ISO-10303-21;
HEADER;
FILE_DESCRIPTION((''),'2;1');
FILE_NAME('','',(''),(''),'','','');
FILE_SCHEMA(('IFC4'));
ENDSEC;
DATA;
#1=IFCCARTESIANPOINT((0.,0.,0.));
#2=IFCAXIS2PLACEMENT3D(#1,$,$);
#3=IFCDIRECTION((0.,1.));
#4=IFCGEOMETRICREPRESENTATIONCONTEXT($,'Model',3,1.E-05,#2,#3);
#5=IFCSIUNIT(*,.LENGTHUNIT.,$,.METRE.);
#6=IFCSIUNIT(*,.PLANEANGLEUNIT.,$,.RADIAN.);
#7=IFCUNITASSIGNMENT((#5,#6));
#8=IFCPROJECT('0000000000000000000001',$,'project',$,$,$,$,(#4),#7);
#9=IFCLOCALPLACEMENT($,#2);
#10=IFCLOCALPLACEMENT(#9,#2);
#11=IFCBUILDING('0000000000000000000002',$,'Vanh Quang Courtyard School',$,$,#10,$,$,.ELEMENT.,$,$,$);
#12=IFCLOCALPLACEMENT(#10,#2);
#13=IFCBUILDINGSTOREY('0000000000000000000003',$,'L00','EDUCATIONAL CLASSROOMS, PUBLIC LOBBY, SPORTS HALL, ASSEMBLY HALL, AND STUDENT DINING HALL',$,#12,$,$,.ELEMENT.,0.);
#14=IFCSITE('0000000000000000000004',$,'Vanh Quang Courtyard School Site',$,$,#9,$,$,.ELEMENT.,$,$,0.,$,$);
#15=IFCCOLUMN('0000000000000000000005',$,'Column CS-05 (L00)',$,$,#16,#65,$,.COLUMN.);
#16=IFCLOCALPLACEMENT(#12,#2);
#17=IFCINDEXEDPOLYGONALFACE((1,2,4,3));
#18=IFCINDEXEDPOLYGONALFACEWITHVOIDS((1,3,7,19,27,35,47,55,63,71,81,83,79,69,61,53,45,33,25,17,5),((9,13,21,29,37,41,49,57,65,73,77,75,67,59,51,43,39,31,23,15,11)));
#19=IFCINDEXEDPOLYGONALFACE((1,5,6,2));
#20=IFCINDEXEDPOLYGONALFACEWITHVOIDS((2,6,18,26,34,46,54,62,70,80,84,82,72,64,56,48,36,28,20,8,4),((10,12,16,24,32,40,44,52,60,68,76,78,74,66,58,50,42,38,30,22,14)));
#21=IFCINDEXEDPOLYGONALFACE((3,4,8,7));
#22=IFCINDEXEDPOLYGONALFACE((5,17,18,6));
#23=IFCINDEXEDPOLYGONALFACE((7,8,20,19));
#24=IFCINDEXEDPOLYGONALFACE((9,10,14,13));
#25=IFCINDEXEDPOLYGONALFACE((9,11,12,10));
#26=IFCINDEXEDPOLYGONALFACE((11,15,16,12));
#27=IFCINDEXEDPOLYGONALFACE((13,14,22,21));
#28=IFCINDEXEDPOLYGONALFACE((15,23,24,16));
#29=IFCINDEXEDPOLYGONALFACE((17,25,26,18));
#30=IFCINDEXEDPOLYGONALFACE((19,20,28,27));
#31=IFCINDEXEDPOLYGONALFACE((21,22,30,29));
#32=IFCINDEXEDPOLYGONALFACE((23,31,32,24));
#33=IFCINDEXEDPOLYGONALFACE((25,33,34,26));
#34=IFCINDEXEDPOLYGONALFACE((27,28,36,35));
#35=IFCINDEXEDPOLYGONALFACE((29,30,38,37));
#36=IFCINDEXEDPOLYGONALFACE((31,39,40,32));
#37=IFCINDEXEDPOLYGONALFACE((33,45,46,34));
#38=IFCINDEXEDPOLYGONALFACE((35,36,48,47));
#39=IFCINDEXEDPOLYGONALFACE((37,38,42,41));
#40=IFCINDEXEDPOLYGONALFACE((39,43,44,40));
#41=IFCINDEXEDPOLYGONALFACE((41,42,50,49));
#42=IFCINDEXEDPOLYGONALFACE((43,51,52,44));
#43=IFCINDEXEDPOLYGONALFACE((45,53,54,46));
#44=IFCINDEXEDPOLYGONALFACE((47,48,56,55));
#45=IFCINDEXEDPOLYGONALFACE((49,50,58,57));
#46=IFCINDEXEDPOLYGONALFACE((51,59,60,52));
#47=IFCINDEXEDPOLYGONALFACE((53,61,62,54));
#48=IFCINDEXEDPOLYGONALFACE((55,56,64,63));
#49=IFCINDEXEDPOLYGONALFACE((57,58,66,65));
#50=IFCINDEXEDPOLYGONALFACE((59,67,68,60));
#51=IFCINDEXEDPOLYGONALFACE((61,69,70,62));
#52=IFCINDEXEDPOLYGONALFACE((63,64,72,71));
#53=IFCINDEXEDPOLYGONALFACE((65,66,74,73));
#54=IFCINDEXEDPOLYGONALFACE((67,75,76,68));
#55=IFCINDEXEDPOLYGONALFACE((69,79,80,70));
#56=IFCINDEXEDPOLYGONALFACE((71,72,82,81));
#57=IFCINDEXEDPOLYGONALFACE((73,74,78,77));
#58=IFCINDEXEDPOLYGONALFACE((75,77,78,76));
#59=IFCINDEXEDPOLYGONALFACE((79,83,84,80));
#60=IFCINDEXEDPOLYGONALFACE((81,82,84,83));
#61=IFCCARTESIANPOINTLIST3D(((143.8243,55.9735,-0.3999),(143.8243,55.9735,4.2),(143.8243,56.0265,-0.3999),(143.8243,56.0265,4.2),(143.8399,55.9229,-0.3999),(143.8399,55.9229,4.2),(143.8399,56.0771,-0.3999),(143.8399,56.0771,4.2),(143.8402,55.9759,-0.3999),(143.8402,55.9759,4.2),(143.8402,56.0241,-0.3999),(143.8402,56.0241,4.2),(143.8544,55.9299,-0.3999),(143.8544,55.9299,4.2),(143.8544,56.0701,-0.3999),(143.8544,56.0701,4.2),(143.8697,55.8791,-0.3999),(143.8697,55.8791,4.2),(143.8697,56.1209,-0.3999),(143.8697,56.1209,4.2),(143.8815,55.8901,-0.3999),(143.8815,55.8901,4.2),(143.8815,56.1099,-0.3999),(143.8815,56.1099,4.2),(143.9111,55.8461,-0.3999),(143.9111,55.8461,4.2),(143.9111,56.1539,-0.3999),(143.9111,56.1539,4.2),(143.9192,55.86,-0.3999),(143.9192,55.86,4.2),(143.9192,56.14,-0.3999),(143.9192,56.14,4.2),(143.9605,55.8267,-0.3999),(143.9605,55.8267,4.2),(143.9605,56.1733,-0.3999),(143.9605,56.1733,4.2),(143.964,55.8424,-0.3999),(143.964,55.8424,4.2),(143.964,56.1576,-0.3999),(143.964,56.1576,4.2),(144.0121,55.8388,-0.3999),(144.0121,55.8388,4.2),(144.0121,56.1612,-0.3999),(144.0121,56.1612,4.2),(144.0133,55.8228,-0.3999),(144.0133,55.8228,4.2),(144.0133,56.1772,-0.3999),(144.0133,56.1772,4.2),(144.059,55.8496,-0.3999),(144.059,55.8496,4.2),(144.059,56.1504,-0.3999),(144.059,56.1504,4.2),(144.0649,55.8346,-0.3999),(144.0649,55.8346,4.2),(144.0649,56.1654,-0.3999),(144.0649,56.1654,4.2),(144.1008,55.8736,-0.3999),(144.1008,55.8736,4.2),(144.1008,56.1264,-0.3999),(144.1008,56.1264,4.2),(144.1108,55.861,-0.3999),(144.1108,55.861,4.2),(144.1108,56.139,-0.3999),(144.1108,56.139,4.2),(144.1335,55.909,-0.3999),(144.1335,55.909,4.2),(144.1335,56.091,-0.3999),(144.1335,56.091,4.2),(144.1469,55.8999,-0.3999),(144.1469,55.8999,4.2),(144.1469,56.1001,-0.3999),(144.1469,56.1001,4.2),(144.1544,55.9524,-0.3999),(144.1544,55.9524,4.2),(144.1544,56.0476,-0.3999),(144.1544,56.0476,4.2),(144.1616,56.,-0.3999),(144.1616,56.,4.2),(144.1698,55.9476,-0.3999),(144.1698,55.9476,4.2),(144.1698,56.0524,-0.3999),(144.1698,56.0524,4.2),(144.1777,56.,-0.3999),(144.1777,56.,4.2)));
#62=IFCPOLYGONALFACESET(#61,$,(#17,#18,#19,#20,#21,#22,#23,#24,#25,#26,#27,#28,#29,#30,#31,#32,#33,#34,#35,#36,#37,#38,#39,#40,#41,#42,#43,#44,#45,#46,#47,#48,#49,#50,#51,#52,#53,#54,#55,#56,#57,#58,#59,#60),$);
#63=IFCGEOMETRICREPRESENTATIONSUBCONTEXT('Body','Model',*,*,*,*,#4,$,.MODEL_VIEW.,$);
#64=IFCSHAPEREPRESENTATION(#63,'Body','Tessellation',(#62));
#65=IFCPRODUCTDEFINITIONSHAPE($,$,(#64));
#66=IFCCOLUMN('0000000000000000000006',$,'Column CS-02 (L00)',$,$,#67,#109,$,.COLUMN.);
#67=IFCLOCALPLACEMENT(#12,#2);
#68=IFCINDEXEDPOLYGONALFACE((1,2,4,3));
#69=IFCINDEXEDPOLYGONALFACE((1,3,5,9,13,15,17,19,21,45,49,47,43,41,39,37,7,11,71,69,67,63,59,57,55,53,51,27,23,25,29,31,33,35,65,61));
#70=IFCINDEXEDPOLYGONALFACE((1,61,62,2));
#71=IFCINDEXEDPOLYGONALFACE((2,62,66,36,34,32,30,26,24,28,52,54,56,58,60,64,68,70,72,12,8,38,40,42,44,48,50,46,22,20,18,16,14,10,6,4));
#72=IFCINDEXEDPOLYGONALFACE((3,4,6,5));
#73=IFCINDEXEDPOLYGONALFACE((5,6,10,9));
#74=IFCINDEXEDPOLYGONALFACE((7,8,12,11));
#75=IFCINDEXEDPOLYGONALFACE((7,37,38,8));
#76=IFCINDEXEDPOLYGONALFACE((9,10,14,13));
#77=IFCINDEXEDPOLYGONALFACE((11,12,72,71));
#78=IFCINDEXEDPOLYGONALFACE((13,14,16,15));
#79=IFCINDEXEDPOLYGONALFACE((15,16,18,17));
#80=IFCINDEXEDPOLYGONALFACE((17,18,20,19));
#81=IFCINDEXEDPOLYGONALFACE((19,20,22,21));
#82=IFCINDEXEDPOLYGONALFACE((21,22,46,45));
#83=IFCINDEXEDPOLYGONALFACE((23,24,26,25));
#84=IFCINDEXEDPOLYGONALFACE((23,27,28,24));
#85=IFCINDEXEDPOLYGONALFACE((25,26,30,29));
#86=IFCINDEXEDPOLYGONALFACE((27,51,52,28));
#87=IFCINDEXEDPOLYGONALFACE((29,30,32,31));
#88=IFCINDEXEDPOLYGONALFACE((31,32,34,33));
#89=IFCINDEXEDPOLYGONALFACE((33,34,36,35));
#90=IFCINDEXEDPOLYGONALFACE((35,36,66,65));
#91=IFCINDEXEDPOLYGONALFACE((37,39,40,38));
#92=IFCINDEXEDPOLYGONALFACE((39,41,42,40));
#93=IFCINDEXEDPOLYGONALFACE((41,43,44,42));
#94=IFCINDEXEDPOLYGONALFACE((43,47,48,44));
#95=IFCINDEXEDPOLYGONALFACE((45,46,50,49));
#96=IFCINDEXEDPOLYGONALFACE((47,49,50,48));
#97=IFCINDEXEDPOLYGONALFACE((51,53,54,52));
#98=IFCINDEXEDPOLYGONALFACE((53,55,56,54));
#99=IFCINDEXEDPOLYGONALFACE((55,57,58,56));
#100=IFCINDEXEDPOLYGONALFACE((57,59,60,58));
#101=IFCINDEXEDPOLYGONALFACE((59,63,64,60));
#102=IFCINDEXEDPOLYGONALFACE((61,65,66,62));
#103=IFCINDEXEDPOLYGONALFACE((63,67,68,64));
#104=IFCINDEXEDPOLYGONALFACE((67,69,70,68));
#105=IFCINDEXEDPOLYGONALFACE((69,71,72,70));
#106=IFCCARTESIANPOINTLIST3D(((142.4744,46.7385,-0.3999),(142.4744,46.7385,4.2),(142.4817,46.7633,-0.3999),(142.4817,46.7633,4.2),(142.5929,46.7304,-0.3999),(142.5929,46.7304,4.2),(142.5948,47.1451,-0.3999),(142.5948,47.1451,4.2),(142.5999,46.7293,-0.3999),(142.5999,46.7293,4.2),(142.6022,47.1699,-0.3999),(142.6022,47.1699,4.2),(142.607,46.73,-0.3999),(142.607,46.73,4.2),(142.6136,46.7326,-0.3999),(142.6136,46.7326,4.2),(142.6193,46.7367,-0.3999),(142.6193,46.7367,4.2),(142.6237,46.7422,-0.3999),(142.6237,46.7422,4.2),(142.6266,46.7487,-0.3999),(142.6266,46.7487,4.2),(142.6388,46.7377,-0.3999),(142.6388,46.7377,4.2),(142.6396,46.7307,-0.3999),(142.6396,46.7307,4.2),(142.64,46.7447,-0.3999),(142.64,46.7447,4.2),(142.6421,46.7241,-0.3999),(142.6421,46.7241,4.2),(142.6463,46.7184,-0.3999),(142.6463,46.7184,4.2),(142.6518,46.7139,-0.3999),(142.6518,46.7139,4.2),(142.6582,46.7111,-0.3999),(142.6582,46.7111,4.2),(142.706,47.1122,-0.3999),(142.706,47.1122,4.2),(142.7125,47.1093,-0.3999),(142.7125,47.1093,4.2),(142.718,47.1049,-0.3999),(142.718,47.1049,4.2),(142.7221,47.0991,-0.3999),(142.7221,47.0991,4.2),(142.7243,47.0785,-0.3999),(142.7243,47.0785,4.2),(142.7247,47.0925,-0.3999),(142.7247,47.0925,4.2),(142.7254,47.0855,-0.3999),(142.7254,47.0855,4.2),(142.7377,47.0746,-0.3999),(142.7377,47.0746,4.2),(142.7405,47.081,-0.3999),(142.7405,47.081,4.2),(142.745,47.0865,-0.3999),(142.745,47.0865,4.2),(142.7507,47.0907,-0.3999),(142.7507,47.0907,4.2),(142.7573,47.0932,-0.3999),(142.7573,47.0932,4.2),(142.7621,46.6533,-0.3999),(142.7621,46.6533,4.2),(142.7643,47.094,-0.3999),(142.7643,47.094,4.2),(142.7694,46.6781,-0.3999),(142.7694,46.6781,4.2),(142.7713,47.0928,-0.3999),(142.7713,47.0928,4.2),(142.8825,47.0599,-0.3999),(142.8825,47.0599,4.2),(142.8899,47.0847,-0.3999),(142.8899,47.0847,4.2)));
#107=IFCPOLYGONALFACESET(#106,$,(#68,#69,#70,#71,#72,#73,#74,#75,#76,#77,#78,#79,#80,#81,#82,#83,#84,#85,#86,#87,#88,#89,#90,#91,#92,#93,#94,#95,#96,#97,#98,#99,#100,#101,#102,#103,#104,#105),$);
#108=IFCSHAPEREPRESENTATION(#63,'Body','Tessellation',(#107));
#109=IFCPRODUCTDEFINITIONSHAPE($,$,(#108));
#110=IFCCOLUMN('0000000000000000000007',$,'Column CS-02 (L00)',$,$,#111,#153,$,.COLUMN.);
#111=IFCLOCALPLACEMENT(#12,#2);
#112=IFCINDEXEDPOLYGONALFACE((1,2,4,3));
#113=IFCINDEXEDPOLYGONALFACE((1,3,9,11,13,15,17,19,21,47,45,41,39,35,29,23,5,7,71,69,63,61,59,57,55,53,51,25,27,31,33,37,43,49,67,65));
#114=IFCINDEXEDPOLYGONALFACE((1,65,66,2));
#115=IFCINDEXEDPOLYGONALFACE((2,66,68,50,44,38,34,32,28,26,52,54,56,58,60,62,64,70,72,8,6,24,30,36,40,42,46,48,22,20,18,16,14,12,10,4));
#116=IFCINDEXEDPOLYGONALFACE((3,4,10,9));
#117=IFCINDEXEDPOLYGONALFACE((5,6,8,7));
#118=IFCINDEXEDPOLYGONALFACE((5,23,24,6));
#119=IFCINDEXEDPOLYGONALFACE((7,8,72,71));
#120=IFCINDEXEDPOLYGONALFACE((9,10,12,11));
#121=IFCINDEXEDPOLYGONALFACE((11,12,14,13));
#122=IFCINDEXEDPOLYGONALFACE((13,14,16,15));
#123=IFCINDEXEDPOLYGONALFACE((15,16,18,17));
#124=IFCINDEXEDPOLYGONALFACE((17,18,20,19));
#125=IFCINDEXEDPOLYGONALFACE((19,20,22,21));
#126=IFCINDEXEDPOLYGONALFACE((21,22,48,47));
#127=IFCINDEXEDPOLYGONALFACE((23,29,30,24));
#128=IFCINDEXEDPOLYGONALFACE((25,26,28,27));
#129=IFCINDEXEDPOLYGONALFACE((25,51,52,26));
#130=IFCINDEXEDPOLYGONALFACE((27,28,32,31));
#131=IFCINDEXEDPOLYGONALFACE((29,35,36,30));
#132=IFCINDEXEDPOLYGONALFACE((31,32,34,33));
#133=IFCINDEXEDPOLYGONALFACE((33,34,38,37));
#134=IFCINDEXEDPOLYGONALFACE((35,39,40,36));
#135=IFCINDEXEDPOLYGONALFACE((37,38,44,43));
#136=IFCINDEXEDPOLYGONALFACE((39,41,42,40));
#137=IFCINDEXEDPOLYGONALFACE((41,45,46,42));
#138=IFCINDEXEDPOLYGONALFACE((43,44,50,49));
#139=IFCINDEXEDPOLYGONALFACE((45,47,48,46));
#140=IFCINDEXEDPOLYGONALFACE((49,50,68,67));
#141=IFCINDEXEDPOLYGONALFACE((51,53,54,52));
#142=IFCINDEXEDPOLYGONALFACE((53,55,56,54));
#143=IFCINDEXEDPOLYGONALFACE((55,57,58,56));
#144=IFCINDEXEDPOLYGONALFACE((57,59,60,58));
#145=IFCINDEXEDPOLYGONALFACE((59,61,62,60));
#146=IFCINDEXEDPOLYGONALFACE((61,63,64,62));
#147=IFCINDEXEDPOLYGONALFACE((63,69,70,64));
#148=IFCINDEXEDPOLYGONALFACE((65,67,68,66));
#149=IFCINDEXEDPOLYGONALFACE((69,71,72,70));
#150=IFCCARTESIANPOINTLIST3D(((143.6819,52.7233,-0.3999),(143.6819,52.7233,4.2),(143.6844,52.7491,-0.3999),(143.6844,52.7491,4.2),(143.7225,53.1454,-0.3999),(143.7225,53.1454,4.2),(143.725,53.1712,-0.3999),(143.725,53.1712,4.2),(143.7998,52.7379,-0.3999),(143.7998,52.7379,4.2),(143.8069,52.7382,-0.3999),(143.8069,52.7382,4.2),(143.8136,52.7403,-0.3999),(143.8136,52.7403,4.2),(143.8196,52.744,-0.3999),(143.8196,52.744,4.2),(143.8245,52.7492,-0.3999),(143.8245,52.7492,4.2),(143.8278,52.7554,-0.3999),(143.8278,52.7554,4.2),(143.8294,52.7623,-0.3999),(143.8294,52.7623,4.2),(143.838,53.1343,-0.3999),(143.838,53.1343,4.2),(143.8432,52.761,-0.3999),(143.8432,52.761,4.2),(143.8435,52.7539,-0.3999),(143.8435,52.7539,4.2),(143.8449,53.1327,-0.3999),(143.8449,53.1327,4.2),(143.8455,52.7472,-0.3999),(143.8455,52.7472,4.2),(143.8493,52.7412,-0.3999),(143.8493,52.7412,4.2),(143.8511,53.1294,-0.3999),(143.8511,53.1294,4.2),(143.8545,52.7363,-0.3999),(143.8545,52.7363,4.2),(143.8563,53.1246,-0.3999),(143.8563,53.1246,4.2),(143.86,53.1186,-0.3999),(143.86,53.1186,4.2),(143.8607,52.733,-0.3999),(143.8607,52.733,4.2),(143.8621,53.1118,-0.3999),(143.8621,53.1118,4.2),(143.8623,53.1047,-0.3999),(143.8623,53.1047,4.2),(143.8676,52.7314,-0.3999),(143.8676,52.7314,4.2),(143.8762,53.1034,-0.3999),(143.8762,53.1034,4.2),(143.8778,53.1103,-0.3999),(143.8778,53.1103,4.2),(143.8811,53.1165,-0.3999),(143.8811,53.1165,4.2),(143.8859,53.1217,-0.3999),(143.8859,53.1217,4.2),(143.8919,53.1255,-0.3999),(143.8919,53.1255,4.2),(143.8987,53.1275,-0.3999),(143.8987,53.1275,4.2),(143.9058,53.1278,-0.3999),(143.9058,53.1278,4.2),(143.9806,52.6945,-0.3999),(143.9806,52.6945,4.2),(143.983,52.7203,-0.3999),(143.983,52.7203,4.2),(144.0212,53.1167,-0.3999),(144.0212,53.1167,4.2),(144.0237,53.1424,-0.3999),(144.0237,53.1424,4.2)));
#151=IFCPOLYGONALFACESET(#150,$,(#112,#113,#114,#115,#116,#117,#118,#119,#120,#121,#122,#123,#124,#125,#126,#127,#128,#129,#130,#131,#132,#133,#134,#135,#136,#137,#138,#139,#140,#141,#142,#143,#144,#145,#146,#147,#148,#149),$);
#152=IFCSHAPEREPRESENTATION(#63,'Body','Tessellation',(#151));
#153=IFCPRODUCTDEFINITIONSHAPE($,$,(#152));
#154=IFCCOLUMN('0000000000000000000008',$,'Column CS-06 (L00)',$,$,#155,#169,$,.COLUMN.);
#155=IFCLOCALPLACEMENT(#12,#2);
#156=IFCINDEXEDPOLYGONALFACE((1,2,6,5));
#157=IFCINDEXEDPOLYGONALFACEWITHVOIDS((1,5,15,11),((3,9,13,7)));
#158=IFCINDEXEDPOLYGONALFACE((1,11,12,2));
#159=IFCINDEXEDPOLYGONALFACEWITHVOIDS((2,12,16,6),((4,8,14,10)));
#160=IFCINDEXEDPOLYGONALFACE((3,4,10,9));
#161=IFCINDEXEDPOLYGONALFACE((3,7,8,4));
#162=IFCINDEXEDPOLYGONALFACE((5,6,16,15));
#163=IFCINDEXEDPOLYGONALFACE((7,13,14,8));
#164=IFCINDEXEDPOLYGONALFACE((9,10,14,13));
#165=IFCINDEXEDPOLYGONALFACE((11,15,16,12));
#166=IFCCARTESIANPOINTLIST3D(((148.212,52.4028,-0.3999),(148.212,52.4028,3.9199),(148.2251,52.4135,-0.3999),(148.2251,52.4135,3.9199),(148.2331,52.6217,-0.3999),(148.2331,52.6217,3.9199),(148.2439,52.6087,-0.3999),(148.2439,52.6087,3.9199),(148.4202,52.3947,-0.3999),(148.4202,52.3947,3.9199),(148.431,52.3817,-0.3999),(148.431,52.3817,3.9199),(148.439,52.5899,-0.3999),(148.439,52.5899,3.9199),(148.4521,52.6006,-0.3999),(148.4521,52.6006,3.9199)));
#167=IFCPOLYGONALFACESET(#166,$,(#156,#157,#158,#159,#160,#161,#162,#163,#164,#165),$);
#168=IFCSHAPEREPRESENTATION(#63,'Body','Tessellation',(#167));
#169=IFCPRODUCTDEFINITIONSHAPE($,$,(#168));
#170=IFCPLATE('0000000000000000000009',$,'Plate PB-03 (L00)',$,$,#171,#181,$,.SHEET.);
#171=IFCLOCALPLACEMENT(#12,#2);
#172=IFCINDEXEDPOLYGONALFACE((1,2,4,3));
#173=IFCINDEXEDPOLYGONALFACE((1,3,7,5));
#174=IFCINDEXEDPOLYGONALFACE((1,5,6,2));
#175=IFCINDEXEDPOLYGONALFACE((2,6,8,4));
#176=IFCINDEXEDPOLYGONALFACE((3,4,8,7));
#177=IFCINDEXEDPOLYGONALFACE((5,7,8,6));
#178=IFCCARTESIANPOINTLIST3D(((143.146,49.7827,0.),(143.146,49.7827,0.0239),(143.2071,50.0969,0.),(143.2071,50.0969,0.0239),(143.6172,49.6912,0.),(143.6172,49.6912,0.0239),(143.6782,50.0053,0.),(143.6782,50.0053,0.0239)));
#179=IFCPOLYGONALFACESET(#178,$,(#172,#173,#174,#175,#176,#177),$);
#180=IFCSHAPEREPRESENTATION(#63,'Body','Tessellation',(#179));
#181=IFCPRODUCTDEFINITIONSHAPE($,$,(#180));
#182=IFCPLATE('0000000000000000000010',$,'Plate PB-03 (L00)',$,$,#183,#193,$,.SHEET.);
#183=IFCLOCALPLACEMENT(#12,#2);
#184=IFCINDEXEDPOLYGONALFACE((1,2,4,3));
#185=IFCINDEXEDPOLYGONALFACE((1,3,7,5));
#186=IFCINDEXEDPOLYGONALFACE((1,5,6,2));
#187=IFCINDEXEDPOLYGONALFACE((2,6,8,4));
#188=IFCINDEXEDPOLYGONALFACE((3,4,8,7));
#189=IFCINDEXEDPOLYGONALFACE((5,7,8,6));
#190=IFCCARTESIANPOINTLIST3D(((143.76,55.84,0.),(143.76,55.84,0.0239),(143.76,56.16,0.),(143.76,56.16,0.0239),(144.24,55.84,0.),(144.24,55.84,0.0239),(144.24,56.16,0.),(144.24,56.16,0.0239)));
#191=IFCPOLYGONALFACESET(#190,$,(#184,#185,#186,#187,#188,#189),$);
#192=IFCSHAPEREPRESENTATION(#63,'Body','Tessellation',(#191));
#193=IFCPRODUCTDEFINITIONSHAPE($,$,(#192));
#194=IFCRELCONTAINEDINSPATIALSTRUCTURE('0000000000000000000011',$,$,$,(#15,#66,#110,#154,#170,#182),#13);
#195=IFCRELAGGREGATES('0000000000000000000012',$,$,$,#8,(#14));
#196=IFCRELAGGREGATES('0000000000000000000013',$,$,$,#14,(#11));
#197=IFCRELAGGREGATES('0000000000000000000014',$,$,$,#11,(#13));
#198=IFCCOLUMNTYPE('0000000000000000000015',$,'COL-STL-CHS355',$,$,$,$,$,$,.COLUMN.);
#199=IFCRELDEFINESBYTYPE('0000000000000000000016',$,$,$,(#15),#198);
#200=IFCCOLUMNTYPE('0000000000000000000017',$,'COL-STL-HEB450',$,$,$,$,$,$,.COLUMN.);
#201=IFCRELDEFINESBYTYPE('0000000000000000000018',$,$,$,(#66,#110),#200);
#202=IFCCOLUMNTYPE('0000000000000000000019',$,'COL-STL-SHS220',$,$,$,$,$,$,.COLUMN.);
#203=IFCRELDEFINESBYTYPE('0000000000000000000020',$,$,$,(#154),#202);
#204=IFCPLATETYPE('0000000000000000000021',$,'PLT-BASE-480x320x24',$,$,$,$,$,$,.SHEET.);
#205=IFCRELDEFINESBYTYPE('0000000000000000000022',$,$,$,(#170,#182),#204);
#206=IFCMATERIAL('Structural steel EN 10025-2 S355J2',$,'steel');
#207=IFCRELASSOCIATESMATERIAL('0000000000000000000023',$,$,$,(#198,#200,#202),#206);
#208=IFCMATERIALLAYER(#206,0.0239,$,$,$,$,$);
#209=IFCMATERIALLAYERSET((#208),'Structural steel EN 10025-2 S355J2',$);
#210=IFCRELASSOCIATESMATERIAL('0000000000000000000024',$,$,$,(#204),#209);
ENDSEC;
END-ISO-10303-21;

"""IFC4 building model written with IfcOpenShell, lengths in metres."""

from ifc_helpers import new_model, si_unit, direction, frame, origin, origin_2d, place, context, subcontext, project, spatial, rectangle, hollow_rectangle, hollow_circle, i_section, extrude, material, layer, layer_set, material_profile, profile_set, type_object, element, save


model = new_model("IFC4")

# Units and contexts
model_context = context("Model", 3, precision=1e-05, world=origin(), true_north=direction((0.0, 1.0)))
body_context = subcontext(model_context, "Body", "Model", "MODEL_VIEW")
ifc_project = project(units=[si_unit("LENGTHUNIT", "METRE"), si_unit("PLANEANGLEUNIT", "RADIAN")], contexts=[model_context])

# Site, building, storey
site_placement = place(None, origin())
site = spatial("IfcSite", under=ifc_project, at=site_placement, Name="Vanh Quang Courtyard School Site", CompositionType="ELEMENT", RefElevation=0.0)
building_placement = place(site_placement, origin())
building = spatial("IfcBuilding", under=site, at=building_placement, Name="Vanh Quang Courtyard School", CompositionType="ELEMENT")
storey_placement = place(building_placement, origin())
storey = spatial("IfcBuildingStorey", under=building, at=storey_placement, Name="L00", Description="EDUCATIONAL CLASSROOMS, PUBLIC LOBBY, SPORTS HALL, ASSEMBLY HALL, AND STUDENT DINING HALL", CompositionType="ELEMENT", Elevation=0.0)

# Columns
ifc_material_1 = material(Name="Structural steel EN 10025-2 S355J2", Category="steel")
ifc_material_profile_1 = material_profile(ifc_material_1, hollow_circle(Radius=0.1777, WallThickness=0.0161, at=origin_2d()), Name="CHS 355.6x16")
ifc_profile_set_1 = profile_set([ifc_material_profile_1], Name="Structural steel EN 10025-2 S355J2")
column_type_1 = type_object("IfcColumnType", Name="COL-STL-CHS355", PredefinedType="COLUMN", material=ifc_profile_set_1)
for number, where, z_axis, x_axis, name in (
    (1, (144.0, 56.0, -0.3999), (0.0, 0.0, 1.0), (1.0, 0.0, 0.0), "Column CS-05 (L00)"),
):
    element("IfcColumn", number, at=place(storey_placement, frame(where, z_axis=z_axis, x_axis=x_axis)), inside=storey, type_object=column_type_1, Name=name, PredefinedType="COLUMN", context=body_context, shape_type="SweptSolid", body=[
        extrude(hollow_circle(Radius=0.1777, WallThickness=0.0161, at=origin_2d()), origin(), (0.0, 0.0, 1.0), 4.5999),
    ])
ifc_material_profile_2 = material_profile(ifc_material_1, i_section(OverallWidth=0.3, OverallDepth=0.45, WebThickness=0.0139, FlangeThickness=0.0259, FilletRadius=0.0271, at=origin_2d()), Name="HEB 450")
ifc_profile_set_2 = profile_set([ifc_material_profile_2], Name="Structural steel EN 10025-2 S355J2")
column_type_2 = type_object("IfcColumnType", Name="COL-STL-HEB450", PredefinedType="COLUMN", material=ifc_profile_set_2)
for number, where, z_axis, x_axis, name in (
    (2, (142.6821, 46.9116, -0.3999), (0.0, 0.0, 1.0), (0.95882, -0.284015, 0.0), "Column CS-02 (L00)"),
    (3, (143.8528, 52.9329, -0.3999), (0.0, 0.0, 1.0), (0.995396, -0.095846, 0.0), "Column CS-02 (L00)"),
):
    element("IfcColumn", number, at=place(storey_placement, frame(where, z_axis=z_axis, x_axis=x_axis)), inside=storey, type_object=column_type_2, Name=name, PredefinedType="COLUMN", context=body_context, shape_type="SweptSolid", body=[
        extrude(i_section(OverallWidth=0.3, OverallDepth=0.45, WebThickness=0.0139, FlangeThickness=0.0259, FilletRadius=0.0271, at=origin_2d()), origin(), (0.0, 0.0, 1.0), 4.5999),
    ])
ifc_material_profile_3 = material_profile(ifc_material_1, hollow_rectangle(XDim=0.22, YDim=0.22, WallThickness=0.012, at=origin_2d()), Name="SHS 220x220x12")
ifc_profile_set_3 = profile_set([ifc_material_profile_3], Name="Structural steel EN 10025-2 S355J2")
column_type_3 = type_object("IfcColumnType", Name="COL-STL-SHS220", PredefinedType="COLUMN", material=ifc_profile_set_3)
column_placement = place(storey_placement, frame((148.332, 52.5017, -0.3999), z_axis=(0.0, 0.0, 1.0), x_axis=(0.995396, -0.095846, 0.0)))
element("IfcColumn", 4, at=column_placement, inside=storey, type_object=column_type_3, Name="Column CS-06 (L00)", PredefinedType="COLUMN", context=body_context, shape_type="SweptSolid", body=[
    extrude(hollow_rectangle(XDim=0.22, YDim=0.22, WallThickness=0.012, at=origin_2d()), origin(), (0.0, 0.0, 1.0), 4.3198),
])

# Plates
ifc_layer_1 = layer(ifc_material_1, 0.0239)
ifc_layer_set_1 = layer_set([ifc_layer_1], Name="Structural steel EN 10025-2 S355J2")
plate_type_1 = type_object("IfcPlateType", Name="PLT-BASE-480x320x24", PredefinedType="SHEET", material=ifc_layer_set_1)
for number, where, z_axis, x_axis, name in (
    (5, (143.4121, 49.894, 0.0), (0.0, 0.0, 1.0), (0.981627, -0.190809, 0.0), "Plate PB-03 (L00)"),
    (6, (144.0, 56.0, 0.0), (0.0, 0.0, 1.0), (1.0, 0.0, 0.0), "Plate PB-03 (L00)"),
):
    element("IfcPlate", number, at=place(storey_placement, frame(where, z_axis=z_axis, x_axis=x_axis)), inside=storey, type_object=plate_type_1, Name=name, PredefinedType="SHEET", context=body_context, shape_type="SweptSolid", body=[
        extrude(rectangle(XDim=0.48, YDim=0.3201, at=origin_2d()), origin(), (0.0, 0.0, 1.0), 0.0239),
    ])

save(model, "model.ifc")
